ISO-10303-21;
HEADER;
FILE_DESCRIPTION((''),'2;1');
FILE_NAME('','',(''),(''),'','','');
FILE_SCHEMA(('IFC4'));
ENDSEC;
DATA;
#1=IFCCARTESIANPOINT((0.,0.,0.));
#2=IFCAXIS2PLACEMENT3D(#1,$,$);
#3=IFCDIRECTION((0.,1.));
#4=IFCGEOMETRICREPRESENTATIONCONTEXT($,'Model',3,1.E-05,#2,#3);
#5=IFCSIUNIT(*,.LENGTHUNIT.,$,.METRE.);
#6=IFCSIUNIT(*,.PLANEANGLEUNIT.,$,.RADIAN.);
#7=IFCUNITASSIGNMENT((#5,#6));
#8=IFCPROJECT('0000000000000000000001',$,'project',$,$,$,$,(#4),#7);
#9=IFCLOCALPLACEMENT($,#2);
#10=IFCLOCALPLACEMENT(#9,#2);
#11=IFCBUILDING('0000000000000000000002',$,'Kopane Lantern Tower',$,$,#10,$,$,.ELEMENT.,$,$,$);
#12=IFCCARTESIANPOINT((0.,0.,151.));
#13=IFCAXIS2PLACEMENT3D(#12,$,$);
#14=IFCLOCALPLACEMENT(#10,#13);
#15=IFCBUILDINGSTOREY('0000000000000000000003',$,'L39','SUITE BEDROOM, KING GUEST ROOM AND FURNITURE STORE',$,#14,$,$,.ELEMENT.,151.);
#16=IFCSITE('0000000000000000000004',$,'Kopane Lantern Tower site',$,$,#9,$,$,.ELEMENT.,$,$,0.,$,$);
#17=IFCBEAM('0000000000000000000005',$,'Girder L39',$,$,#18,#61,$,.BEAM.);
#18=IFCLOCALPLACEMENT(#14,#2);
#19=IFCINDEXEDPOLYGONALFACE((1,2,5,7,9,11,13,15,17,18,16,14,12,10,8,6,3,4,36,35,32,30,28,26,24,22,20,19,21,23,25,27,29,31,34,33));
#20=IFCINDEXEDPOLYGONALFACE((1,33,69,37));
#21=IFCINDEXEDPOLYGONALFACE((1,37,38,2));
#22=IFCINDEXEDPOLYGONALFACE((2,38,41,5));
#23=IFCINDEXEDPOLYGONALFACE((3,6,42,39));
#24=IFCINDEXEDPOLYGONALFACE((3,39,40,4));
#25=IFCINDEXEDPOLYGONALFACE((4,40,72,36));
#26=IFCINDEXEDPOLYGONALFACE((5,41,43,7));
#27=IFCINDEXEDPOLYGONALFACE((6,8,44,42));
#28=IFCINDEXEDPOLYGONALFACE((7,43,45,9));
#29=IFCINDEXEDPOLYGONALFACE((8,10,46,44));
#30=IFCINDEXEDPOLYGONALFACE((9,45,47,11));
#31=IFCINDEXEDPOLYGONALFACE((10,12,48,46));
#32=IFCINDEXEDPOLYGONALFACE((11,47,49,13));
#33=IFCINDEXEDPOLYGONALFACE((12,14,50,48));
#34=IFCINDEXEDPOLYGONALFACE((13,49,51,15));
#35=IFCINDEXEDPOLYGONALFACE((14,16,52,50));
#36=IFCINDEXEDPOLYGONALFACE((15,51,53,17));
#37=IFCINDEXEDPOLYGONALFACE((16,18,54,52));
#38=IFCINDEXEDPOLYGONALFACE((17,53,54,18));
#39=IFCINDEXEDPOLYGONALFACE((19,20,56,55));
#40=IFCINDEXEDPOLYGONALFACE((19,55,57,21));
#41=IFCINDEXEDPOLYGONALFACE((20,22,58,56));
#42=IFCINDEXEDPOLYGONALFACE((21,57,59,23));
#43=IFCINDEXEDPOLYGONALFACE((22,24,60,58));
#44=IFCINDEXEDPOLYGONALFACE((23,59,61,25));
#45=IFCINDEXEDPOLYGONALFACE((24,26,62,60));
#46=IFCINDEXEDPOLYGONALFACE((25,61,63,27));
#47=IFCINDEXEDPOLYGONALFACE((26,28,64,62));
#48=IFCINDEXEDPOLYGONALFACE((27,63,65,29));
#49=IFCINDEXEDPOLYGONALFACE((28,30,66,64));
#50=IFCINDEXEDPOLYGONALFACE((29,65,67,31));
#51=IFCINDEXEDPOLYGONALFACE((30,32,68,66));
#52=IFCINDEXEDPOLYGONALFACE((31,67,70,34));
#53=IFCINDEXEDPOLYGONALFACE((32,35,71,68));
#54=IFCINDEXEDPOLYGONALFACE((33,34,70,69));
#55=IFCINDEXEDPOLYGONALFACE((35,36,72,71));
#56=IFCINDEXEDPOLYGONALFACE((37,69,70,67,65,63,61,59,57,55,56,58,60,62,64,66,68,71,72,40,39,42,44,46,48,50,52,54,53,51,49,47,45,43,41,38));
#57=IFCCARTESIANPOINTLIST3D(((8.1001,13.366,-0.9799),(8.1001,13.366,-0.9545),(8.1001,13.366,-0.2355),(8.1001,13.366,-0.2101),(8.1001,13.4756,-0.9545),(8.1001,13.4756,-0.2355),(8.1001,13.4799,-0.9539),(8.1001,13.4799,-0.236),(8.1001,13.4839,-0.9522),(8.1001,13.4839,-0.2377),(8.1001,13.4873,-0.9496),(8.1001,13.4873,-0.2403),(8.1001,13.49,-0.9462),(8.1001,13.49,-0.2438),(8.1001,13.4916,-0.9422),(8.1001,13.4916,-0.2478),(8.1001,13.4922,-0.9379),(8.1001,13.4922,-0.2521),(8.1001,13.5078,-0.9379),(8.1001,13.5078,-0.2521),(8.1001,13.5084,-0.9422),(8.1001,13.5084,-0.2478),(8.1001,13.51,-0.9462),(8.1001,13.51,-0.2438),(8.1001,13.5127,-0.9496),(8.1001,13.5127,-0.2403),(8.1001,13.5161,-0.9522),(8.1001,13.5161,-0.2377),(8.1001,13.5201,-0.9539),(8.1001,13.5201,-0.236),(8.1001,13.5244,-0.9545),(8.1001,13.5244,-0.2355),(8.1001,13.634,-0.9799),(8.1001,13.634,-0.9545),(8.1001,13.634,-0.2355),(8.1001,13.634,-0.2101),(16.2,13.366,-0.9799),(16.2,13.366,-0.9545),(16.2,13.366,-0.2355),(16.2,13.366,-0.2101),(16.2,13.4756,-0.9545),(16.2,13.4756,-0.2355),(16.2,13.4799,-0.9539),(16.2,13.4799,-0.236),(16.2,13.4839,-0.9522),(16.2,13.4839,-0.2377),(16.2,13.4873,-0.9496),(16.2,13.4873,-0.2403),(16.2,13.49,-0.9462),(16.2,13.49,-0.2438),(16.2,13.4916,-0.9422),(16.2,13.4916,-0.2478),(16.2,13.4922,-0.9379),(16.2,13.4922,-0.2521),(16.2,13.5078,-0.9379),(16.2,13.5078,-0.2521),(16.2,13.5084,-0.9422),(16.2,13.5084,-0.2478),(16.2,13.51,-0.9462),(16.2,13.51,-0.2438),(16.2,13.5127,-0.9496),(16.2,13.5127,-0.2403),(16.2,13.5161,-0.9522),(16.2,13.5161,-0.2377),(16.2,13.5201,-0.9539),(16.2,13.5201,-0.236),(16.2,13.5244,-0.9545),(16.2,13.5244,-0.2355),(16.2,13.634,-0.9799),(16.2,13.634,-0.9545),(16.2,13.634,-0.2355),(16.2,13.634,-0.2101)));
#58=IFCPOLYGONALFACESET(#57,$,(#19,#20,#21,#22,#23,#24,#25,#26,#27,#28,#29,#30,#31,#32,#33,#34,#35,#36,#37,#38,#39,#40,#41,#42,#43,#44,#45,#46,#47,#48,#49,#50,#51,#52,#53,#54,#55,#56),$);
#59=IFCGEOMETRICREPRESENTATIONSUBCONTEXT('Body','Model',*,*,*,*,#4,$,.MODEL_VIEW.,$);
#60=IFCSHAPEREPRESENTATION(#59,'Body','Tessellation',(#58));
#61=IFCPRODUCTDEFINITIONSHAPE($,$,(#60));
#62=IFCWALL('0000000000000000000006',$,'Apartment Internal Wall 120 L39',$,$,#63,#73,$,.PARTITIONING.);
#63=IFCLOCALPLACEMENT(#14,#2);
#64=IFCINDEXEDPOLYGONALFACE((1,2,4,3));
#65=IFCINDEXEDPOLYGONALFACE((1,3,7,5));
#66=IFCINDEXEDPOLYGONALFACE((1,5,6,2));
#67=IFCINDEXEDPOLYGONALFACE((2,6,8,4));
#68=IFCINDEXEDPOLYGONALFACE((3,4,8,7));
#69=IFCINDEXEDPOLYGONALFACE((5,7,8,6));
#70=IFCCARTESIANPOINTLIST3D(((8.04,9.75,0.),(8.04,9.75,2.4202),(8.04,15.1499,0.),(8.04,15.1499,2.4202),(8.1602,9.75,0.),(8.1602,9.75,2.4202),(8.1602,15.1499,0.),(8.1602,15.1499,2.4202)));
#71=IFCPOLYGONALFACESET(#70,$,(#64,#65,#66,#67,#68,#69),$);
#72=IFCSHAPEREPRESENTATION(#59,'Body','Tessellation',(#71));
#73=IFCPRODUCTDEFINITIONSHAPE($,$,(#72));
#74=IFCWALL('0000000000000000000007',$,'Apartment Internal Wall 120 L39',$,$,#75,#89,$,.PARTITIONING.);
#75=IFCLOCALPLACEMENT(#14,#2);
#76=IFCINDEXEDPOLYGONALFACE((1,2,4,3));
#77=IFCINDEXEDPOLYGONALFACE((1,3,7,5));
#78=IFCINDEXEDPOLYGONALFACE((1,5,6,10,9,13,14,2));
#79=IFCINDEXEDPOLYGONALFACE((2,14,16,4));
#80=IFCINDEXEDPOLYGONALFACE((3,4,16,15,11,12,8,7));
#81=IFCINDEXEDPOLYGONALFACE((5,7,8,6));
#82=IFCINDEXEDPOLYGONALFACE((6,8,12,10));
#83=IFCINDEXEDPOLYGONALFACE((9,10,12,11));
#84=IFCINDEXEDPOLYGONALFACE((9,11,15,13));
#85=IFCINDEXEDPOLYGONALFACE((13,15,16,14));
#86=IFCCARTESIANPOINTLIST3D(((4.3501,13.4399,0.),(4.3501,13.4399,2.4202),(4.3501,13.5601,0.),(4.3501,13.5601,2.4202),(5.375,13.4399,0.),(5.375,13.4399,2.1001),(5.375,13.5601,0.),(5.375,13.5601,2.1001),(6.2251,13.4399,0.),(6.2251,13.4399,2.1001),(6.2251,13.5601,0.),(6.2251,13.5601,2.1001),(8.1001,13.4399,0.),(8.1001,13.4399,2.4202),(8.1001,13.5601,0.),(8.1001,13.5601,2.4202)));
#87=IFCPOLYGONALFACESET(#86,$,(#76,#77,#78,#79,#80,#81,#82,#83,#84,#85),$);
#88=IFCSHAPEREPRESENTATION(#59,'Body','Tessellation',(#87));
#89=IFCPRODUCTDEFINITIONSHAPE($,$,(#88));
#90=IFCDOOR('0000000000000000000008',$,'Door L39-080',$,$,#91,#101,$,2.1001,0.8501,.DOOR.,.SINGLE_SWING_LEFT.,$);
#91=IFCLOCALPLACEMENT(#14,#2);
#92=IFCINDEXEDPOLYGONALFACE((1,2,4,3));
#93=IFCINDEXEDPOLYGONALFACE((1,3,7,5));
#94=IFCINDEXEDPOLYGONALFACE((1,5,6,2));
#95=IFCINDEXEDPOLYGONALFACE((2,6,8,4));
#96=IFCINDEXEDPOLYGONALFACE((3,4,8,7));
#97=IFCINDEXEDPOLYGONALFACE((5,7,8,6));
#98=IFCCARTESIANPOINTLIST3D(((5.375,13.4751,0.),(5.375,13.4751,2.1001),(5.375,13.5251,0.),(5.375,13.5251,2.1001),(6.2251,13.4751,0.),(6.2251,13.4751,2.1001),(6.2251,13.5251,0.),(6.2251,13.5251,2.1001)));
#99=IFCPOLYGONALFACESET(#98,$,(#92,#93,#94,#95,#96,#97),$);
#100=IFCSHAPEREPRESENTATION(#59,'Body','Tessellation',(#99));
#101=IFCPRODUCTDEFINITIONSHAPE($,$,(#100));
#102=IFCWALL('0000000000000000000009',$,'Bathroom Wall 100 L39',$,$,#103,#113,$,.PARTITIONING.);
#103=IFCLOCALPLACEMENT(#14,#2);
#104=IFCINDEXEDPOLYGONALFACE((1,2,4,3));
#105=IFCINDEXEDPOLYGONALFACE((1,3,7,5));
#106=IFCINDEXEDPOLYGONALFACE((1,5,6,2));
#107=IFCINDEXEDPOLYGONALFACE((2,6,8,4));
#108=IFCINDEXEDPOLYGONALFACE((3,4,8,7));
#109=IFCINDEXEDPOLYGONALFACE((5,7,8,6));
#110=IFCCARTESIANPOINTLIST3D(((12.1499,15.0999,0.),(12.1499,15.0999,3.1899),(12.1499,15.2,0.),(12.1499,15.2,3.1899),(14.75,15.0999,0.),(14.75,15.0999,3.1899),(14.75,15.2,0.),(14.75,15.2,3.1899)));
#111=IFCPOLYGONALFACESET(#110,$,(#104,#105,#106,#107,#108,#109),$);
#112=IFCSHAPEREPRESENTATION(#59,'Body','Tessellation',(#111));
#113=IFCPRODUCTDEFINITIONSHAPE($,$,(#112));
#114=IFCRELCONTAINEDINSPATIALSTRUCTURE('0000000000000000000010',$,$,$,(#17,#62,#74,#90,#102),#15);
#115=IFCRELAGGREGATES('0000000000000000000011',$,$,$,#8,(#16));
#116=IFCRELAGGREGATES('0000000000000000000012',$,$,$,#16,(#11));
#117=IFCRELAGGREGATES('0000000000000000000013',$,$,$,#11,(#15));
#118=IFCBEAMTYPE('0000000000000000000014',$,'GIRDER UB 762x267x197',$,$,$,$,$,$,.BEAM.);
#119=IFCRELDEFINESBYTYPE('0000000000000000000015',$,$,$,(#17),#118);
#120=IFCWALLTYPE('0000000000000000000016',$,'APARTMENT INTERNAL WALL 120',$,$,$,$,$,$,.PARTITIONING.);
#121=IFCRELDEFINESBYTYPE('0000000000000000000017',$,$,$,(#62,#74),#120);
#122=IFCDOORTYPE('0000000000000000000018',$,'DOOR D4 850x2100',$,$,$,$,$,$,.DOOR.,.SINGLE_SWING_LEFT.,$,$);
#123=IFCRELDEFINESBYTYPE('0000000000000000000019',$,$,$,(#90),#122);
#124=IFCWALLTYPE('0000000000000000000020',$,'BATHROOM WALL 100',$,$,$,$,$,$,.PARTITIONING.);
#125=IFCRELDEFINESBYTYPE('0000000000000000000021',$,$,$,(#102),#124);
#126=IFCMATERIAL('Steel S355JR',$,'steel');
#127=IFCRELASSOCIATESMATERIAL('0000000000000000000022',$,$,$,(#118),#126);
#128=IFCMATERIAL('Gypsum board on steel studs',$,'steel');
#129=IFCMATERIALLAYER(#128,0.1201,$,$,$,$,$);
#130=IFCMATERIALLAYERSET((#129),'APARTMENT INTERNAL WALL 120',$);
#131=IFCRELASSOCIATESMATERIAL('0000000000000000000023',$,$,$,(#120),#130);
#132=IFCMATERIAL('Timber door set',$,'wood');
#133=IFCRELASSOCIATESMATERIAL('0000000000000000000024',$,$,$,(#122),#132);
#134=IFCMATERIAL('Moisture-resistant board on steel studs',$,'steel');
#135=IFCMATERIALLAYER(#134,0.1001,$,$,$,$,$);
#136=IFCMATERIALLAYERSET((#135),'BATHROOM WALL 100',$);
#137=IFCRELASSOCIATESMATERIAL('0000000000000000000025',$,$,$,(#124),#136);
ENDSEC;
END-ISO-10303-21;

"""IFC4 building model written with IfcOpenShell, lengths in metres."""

from ifc_helpers import new_model, si_unit, direction, frame, frame_2d, origin, origin_2d, place, context, subcontext, project, spatial, rectangle, i_section, extrude, material, layer, layer_set, material_profile, profile_set, type_object, element, fill, save


model = new_model("IFC4")

# Units and contexts
model_context = context("Model", 3, precision=1e-05, world=origin(), true_north=direction((0.0, 1.0)))
body_context = subcontext(model_context, "Body", "Model", "MODEL_VIEW")
ifc_project = project(units=[si_unit("LENGTHUNIT", "METRE"), si_unit("PLANEANGLEUNIT", "RADIAN")], contexts=[model_context])

# Site, building, storey
site_placement = place(None, origin())
site = spatial("IfcSite", under=ifc_project, at=site_placement, Name="Kopane Lantern Tower site", CompositionType="ELEMENT", RefElevation=0.0)
building_placement = place(site_placement, origin())
building = spatial("IfcBuilding", under=site, at=building_placement, Name="Kopane Lantern Tower", CompositionType="ELEMENT")
storey_placement = place(building_placement, frame((0.0, 0.0, 151.0)))
storey = spatial("IfcBuildingStorey", under=building, at=storey_placement, Name="L39", Description="SUITE BEDROOM, KING GUEST ROOM AND FURNITURE STORE", CompositionType="ELEMENT", Elevation=151.0)

# Beam
ifc_material_1 = material(Name="Steel S355JR", Category="steel")
ifc_material_profile = material_profile(ifc_material_1, i_section(OverallWidth=0.2681, OverallDepth=0.7698, WebThickness=0.0156, FlangeThickness=0.0254, FilletRadius=0.0166, at=origin_2d()), Name="UB 762x267x197")
ifc_profile_set = profile_set([ifc_material_profile], Name="Steel S355JR")
beam_type = type_object("IfcBeamType", Name="GIRDER UB 762x267x197", PredefinedType="BEAM", material=ifc_profile_set)
beam_placement = place(storey_placement, frame((8.1001, 13.5, -0.595), z_axis=(1.0, 0.0, 0.0), x_axis=(0.0, 1.0, 0.0)))
element("IfcBeam", 1, at=beam_placement, inside=storey, type_object=beam_type, Name="Girder L39", PredefinedType="BEAM", context=body_context, shape_type="SweptSolid", body=[
    extrude(i_section(OverallWidth=0.2681, OverallDepth=0.7698, WebThickness=0.0156, FlangeThickness=0.0254, FilletRadius=0.0166, at=origin_2d()), origin(), (0.0, 0.0, 1.0), 8.0999),
])

# Wall
ifc_material_2 = material(Name="Gypsum board on steel studs", Category="steel")
ifc_layer_1 = layer(ifc_material_2, 0.1201)
ifc_layer_set_1 = layer_set([ifc_layer_1], Name="APARTMENT INTERNAL WALL 120")
wall_type_1 = type_object("IfcWallType", Name="APARTMENT INTERNAL WALL 120", PredefinedType="PARTITIONING", material=ifc_layer_set_1)
wall_1_placement = place(storey_placement, frame((8.1001, 15.1499, 0.0), z_axis=(0.0, 0.0, 1.0), x_axis=(0.0, -1.0, 0.0)))
element("IfcWall", 2, at=wall_1_placement, inside=storey, type_object=wall_type_1, Name="Apartment Internal Wall 120 L39", PredefinedType="PARTITIONING", context=body_context, shape_type="SweptSolid", body=[
    extrude(rectangle(XDim=5.3999, YDim=0.1201, at=frame_2d((2.7, 0.0))), origin(), (0.0, 0.0, 1.0), 2.4202),
])

# Wall, opening, door
wall_2_placement = place(storey_placement, frame((8.1001, 13.5, 0.0), z_axis=(0.0, 0.0, 1.0), x_axis=(-1.0, 0.0, 0.0)))
wall_2 = element("IfcWall", 3, at=wall_2_placement, inside=storey, type_object=wall_type_1, Name="Apartment Internal Wall 120 L39", PredefinedType="PARTITIONING", context=body_context, shape_type="SweptSolid", body=[
    extrude(rectangle(XDim=3.75, YDim=0.1201, at=frame_2d((1.875, 0.0))), origin(), (0.0, 0.0, 1.0), 2.4202),
])
opening_1_placement = place(wall_2_placement, frame((1.875, 0.0, 0.0)))
opening_1 = element("IfcOpeningElement", 4, at=opening_1_placement, cuts=wall_2, PredefinedType="OPENING", context=body_context, shape_type="SweptSolid", body=[
    extrude(rectangle(XDim=0.8501, YDim=2.1001, at=frame_2d((0.425, 1.05))), frame((0.0, 0.0701, 0.0), z_axis=(0.0, -1.0, 0.0), x_axis=(1.0, 0.0, 0.0)), (0.0, 0.0, 1.0), 0.1401),
])
ifc_material_3 = material(Name="Timber door set", Category="wood")
door_type_1 = type_object("IfcDoorType", Name="DOOR D4 850x2100", OperationType="SINGLE_SWING_LEFT", PredefinedType="DOOR", material=ifc_material_3)
door_1_placement = place(opening_1_placement, origin())
door_1 = element("IfcDoor", 5, at=door_1_placement, inside=storey, type_object=door_type_1, Name="Door L39-080", OperationType="SINGLE_SWING_LEFT", OverallHeight=2.1001, OverallWidth=0.8501, PredefinedType="DOOR", context=body_context, shape_type="SweptSolid", body=[
    extrude(rectangle(XDim=0.8501, YDim=2.1001, at=frame_2d((0.425, 1.05))), frame((0.0, 0.0249, 0.0), z_axis=(0.0, -1.0, 0.0), x_axis=(1.0, 0.0, 0.0)), (0.0, 0.0, 1.0), 0.05),
])
fill(opening_1, door_1)

# Wall
ifc_material_4 = material(Name="Moisture-resistant board on steel studs", Category="steel")
ifc_layer_2 = layer(ifc_material_4, 0.1001)
ifc_layer_set_2 = layer_set([ifc_layer_2], Name="BATHROOM WALL 100")
wall_type_2 = type_object("IfcWallType", Name="BATHROOM WALL 100", PredefinedType="PARTITIONING", material=ifc_layer_set_2)
wall_3_placement = place(storey_placement, frame((12.1499, 15.1499, 0.0), z_axis=(0.0, 0.0, 1.0), x_axis=(1.0, 0.0, 0.0)))
element("IfcWall", 6, at=wall_3_placement, inside=storey, type_object=wall_type_2, Name="Bathroom Wall 100 L39", PredefinedType="PARTITIONING", context=body_context, shape_type="SweptSolid", body=[
    extrude(rectangle(XDim=2.6001, YDim=0.1001, at=frame_2d((1.3, 0.0))), origin(), (0.0, 0.0, 1.0), 3.1899),
])

save(model, "model.ifc")
